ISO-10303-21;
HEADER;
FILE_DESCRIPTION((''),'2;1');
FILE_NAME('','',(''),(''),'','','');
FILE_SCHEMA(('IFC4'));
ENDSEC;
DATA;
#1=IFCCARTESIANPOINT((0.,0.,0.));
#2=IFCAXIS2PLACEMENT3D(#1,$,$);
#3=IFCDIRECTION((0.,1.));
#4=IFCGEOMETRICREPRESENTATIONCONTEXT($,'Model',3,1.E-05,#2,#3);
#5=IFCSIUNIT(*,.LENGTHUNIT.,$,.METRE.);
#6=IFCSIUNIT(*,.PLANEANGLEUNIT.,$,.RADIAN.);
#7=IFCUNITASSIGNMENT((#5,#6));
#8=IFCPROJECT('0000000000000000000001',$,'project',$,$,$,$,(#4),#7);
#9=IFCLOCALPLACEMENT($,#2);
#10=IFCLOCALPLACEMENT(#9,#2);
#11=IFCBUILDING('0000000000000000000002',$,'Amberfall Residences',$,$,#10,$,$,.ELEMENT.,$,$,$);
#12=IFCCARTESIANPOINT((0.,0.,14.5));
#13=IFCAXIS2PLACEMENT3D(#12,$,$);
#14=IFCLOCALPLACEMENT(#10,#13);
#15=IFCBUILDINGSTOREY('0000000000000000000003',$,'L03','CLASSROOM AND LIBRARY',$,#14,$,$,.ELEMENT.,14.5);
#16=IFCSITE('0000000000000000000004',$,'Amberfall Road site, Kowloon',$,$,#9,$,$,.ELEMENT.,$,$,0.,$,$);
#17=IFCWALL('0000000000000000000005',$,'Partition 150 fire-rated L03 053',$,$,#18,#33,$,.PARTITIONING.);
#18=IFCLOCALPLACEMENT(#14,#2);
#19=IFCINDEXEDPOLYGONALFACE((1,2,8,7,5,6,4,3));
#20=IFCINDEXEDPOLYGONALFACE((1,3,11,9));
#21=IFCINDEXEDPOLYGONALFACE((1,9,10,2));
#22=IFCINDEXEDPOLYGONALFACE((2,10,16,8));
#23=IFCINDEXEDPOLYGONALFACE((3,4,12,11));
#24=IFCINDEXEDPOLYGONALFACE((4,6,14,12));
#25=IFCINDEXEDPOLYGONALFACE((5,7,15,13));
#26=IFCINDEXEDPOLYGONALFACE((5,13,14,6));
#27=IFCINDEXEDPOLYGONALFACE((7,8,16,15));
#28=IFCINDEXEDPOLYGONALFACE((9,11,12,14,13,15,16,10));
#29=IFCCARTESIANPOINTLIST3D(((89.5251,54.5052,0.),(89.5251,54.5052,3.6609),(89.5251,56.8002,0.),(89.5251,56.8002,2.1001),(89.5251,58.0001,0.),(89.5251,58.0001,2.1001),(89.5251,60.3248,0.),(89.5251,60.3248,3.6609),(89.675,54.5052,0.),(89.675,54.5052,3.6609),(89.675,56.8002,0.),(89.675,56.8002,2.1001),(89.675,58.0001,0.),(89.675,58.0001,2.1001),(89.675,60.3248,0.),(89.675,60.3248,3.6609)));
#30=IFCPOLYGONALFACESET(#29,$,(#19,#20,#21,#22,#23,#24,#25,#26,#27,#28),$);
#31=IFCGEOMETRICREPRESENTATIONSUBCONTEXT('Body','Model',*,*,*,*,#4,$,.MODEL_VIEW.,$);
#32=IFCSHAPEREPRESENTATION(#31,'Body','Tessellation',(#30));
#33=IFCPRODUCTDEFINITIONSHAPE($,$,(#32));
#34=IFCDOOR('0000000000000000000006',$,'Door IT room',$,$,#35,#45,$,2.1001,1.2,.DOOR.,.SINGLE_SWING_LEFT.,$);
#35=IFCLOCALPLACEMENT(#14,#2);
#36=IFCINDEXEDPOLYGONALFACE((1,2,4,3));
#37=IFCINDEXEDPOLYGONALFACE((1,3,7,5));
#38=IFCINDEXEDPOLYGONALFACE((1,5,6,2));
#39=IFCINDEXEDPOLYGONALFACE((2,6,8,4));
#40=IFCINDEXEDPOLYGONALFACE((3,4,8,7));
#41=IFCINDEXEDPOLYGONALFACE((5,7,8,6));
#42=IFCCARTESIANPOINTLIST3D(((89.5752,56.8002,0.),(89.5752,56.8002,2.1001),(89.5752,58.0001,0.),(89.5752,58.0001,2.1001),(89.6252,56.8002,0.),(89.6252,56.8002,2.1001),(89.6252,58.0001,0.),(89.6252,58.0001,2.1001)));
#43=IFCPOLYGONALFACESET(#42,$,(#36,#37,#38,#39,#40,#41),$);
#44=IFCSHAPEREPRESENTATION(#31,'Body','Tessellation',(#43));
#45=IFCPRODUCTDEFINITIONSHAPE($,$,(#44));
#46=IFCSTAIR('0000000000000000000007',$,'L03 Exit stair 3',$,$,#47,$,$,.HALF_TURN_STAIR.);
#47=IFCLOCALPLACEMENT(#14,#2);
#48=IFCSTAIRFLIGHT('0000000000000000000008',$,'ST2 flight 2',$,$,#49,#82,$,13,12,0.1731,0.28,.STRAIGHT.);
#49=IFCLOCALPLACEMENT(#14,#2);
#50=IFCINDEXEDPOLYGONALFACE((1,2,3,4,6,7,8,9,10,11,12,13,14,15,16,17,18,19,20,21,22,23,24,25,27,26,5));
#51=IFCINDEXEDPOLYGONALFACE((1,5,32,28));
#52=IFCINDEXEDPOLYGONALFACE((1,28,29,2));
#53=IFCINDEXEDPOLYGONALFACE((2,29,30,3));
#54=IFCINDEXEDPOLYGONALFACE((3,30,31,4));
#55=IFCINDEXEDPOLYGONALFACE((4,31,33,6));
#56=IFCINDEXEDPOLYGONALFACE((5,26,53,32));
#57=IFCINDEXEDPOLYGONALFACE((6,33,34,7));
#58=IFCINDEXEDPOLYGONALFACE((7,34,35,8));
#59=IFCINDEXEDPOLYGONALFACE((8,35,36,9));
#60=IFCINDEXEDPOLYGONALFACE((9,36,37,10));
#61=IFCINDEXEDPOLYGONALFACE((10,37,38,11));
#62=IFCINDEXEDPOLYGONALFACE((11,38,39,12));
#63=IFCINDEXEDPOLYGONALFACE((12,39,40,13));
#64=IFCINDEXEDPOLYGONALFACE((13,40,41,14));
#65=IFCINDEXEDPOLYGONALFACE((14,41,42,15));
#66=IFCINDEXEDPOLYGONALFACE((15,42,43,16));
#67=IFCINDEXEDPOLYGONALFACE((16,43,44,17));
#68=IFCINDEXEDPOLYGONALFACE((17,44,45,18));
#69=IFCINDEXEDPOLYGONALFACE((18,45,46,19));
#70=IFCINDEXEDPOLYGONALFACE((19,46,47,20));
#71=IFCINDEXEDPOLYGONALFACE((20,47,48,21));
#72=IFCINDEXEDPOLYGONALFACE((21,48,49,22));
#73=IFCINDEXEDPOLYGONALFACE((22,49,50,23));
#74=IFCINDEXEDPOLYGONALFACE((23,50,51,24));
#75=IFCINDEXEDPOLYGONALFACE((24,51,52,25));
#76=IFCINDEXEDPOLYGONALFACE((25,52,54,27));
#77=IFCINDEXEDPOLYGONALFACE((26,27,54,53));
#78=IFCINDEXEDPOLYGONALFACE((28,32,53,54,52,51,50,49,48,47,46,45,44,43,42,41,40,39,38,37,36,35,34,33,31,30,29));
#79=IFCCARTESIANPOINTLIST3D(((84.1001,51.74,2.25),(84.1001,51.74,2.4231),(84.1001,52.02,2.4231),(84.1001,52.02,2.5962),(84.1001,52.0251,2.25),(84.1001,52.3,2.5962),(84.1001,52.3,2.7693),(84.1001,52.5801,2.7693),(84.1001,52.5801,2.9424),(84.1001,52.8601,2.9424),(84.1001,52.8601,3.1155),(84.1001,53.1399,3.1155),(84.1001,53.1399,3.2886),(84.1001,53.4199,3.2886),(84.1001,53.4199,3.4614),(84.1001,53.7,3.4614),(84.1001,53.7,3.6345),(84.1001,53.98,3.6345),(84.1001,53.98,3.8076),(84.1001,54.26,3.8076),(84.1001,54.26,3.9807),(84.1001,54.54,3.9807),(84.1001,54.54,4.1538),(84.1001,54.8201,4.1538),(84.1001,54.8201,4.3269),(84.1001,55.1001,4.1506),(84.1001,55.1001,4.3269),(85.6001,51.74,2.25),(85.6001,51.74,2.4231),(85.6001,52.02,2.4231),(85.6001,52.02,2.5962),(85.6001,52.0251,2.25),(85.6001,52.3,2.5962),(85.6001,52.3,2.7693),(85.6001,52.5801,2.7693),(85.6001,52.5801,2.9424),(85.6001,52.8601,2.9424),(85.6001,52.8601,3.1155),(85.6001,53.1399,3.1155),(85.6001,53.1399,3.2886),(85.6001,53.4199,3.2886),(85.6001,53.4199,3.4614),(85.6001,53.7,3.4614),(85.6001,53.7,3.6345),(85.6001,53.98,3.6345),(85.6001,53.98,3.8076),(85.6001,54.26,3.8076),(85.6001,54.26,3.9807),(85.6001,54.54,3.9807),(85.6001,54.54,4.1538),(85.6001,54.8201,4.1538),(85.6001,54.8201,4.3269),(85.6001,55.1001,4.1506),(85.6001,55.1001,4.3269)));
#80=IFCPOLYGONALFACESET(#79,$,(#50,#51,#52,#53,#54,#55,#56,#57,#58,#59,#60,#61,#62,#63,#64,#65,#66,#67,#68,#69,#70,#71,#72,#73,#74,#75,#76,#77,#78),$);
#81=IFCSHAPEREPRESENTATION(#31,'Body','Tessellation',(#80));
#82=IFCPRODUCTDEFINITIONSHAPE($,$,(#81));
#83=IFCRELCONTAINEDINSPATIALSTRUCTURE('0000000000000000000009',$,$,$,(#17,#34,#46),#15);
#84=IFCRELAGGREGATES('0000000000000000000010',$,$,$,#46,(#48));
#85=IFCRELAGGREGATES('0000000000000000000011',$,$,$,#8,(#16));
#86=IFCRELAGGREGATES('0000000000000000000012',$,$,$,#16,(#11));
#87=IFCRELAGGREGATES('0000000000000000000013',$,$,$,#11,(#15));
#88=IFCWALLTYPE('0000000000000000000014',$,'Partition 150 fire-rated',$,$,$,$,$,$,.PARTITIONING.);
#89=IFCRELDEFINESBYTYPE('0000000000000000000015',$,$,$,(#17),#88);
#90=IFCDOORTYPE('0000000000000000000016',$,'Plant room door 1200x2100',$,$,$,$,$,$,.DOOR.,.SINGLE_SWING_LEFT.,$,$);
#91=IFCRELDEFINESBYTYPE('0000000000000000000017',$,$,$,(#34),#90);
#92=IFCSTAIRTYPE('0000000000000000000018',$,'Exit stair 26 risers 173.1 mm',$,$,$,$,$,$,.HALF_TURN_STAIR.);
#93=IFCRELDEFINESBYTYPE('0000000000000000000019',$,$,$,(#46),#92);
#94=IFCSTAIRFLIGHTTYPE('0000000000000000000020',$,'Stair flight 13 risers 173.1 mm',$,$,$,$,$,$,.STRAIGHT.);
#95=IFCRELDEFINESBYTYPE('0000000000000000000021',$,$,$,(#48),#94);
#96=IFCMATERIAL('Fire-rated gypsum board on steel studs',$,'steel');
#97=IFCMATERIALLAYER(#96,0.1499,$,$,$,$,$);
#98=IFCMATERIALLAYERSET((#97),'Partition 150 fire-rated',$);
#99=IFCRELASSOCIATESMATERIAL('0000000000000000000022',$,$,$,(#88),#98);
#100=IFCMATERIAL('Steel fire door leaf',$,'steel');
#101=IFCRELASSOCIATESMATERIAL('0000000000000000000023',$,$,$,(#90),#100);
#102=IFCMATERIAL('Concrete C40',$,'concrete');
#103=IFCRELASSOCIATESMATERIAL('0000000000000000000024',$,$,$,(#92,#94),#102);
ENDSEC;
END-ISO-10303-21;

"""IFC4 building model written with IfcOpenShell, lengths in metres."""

from ifc_helpers import new_model, si_unit, direction, frame, frame_2d, origin, place, context, subcontext, project, spatial, polyline, rectangle, outline, extrude, material, layer, layer_set, type_object, element, fill, aggregate, save


model = new_model("IFC4")

# Units and contexts
model_context = context("Model", 3, precision=1e-05, world=origin(), true_north=direction((0.0, 1.0)))
body_context = subcontext(model_context, "Body", "Model", "MODEL_VIEW")
ifc_project = project(units=[si_unit("LENGTHUNIT", "METRE"), si_unit("PLANEANGLEUNIT", "RADIAN")], contexts=[model_context])

# Site, building, storey
site_placement = place(None, origin())
site = spatial("IfcSite", under=ifc_project, at=site_placement, Name="Amberfall Road site, Kowloon", CompositionType="ELEMENT", RefElevation=0.0)
building_placement = place(site_placement, origin())
building = spatial("IfcBuilding", under=site, at=building_placement, Name="Amberfall Residences", CompositionType="ELEMENT")
storey_placement = place(building_placement, frame((0.0, 0.0, 14.5)))
storey = spatial("IfcBuildingStorey", under=building, at=storey_placement, Name="L03", Description="CLASSROOM AND LIBRARY", CompositionType="ELEMENT", Elevation=14.5)

# Shared definitions
ifc_material_1 = material(Name="Fire-rated gypsum board on steel studs", Category="steel")
ifc_layer_1 = layer(ifc_material_1, 0.1499)
ifc_layer_set_1 = layer_set([ifc_layer_1], Name="Partition 150 fire-rated")
wall_type = type_object("IfcWallType", Name="Partition 150 fire-rated", PredefinedType="PARTITIONING", material=ifc_layer_set_1)

# Shared definitions
ifc_material_2 = material(Name="Steel fire door leaf", Category="steel")

# Wall, opening, door
wall_1_placement = place(storey_placement, frame((89.6001, 54.5054, 0.0), z_axis=(0.0, 0.0, 1.0), x_axis=(0.0, 1.0, 0.0)))
wall_1 = element("IfcWall", 1, at=wall_1_placement, inside=storey, type_object=wall_type, Name="Partition 150 fire-rated L03 053", PredefinedType="PARTITIONING", context=body_context, shape_type="SweptSolid", body=[
    extrude(rectangle(XDim=5.8196, YDim=0.1499, at=frame_2d((2.9097, 0.0))), origin(), (0.0, 0.0, 1.0), 3.6609),
])
opening_1_placement = place(wall_1_placement, frame((2.2947, 0.0, 0.0)))
opening_1 = element("IfcOpeningElement", 2, at=opening_1_placement, cuts=wall_1, PredefinedType="OPENING", context=body_context, shape_type="SweptSolid", body=[
    extrude(rectangle(XDim=1.2, YDim=2.1001, at=frame_2d((0.6001, 1.05))), frame((0.0, 0.085, 0.0), z_axis=(0.0, -1.0, 0.0), x_axis=(1.0, 0.0, 0.0)), (0.0, 0.0, 1.0), 0.1699),
])
door_type_1 = type_object("IfcDoorType", Name="Plant room door 1200x2100", OperationType="SINGLE_SWING_LEFT", PredefinedType="DOOR", material=ifc_material_2)
door_1_placement = place(opening_1_placement, origin())
door_1 = element("IfcDoor", 3, at=door_1_placement, inside=storey, type_object=door_type_1, Name="Door IT room", OperationType="SINGLE_SWING_LEFT", OverallHeight=2.1001, OverallWidth=1.2, PredefinedType="DOOR", context=body_context, shape_type="SweptSolid", body=[
    extrude(rectangle(XDim=1.2, YDim=2.1001, at=frame_2d((0.6001, 1.05))), frame((0.0, 0.0249, 0.0), z_axis=(0.0, -1.0, 0.0), x_axis=(1.0, 0.0, 0.0)), (0.0, 0.0, 1.0), 0.05),
])
fill(opening_1, door_1)

# Stair, stair flight
ifc_material_3 = material(Name="Concrete C40", Category="concrete")
stair_type = type_object("IfcStairType", Name="Exit stair 26 risers 173.1 mm", PredefinedType="HALF_TURN_STAIR", material=ifc_material_3)
stair_placement = place(storey_placement, origin())
stair = element("IfcStair", 4, at=stair_placement, inside=storey, type_object=stair_type, Name="L03 Exit stair 3", PredefinedType="HALF_TURN_STAIR")
stair_flight_type = type_object("IfcStairFlightType", Name="Stair flight 13 risers 173.1 mm", PredefinedType="STRAIGHT", material=ifc_material_3)
stair_flight_placement = place(storey_placement, frame((84.8501, 51.74, 2.25), z_axis=(0.0, 0.0, 1.0), x_axis=(0.0, 1.0, 0.0)))
stair_flight = element("IfcStairFlight", 5, at=stair_flight_placement, type_object=stair_flight_type, Name="ST2 flight 2", NumberOfRisers=13, NumberOfTreads=12, PredefinedType="STRAIGHT", RiserHeight=0.1731, TreadLength=0.28, context=body_context, shape_type="SweptSolid", body=[
    extrude(outline(polyline([(0.0, 0.0), (0.0, 0.1731), (0.28, 0.1731), (0.28, 0.3462), (0.5601, 0.3462), (0.5601, 0.5193), (0.8401, 0.5193), (0.8401, 0.6924), (1.1201, 0.6924), (1.1201, 0.8655), (1.3999, 0.8655), (1.3999, 1.0386), (1.6799, 1.0386), (1.6799, 1.2114), (1.96, 1.2114), (1.96, 1.3845), (2.24, 1.3845), (2.24, 1.5576), (2.52, 1.5576), (2.52, 1.7307), (2.8, 1.7307), (2.8, 1.9038), (3.0801, 1.9038), (3.0801, 2.0769), (3.3601, 2.0769), (3.3601, 2.25), (3.3601, 1.9006), (0.2852, 0.0), (0.0, 0.0)])), frame((0.0, 0.75, 0.0), z_axis=(0.0, -1.0, 0.0), x_axis=(1.0, 0.0, 0.0)), (0.0, 0.0, 1.0), 1.5),
])
aggregate(stair, [stair_flight])

save(model, "model.ifc")
